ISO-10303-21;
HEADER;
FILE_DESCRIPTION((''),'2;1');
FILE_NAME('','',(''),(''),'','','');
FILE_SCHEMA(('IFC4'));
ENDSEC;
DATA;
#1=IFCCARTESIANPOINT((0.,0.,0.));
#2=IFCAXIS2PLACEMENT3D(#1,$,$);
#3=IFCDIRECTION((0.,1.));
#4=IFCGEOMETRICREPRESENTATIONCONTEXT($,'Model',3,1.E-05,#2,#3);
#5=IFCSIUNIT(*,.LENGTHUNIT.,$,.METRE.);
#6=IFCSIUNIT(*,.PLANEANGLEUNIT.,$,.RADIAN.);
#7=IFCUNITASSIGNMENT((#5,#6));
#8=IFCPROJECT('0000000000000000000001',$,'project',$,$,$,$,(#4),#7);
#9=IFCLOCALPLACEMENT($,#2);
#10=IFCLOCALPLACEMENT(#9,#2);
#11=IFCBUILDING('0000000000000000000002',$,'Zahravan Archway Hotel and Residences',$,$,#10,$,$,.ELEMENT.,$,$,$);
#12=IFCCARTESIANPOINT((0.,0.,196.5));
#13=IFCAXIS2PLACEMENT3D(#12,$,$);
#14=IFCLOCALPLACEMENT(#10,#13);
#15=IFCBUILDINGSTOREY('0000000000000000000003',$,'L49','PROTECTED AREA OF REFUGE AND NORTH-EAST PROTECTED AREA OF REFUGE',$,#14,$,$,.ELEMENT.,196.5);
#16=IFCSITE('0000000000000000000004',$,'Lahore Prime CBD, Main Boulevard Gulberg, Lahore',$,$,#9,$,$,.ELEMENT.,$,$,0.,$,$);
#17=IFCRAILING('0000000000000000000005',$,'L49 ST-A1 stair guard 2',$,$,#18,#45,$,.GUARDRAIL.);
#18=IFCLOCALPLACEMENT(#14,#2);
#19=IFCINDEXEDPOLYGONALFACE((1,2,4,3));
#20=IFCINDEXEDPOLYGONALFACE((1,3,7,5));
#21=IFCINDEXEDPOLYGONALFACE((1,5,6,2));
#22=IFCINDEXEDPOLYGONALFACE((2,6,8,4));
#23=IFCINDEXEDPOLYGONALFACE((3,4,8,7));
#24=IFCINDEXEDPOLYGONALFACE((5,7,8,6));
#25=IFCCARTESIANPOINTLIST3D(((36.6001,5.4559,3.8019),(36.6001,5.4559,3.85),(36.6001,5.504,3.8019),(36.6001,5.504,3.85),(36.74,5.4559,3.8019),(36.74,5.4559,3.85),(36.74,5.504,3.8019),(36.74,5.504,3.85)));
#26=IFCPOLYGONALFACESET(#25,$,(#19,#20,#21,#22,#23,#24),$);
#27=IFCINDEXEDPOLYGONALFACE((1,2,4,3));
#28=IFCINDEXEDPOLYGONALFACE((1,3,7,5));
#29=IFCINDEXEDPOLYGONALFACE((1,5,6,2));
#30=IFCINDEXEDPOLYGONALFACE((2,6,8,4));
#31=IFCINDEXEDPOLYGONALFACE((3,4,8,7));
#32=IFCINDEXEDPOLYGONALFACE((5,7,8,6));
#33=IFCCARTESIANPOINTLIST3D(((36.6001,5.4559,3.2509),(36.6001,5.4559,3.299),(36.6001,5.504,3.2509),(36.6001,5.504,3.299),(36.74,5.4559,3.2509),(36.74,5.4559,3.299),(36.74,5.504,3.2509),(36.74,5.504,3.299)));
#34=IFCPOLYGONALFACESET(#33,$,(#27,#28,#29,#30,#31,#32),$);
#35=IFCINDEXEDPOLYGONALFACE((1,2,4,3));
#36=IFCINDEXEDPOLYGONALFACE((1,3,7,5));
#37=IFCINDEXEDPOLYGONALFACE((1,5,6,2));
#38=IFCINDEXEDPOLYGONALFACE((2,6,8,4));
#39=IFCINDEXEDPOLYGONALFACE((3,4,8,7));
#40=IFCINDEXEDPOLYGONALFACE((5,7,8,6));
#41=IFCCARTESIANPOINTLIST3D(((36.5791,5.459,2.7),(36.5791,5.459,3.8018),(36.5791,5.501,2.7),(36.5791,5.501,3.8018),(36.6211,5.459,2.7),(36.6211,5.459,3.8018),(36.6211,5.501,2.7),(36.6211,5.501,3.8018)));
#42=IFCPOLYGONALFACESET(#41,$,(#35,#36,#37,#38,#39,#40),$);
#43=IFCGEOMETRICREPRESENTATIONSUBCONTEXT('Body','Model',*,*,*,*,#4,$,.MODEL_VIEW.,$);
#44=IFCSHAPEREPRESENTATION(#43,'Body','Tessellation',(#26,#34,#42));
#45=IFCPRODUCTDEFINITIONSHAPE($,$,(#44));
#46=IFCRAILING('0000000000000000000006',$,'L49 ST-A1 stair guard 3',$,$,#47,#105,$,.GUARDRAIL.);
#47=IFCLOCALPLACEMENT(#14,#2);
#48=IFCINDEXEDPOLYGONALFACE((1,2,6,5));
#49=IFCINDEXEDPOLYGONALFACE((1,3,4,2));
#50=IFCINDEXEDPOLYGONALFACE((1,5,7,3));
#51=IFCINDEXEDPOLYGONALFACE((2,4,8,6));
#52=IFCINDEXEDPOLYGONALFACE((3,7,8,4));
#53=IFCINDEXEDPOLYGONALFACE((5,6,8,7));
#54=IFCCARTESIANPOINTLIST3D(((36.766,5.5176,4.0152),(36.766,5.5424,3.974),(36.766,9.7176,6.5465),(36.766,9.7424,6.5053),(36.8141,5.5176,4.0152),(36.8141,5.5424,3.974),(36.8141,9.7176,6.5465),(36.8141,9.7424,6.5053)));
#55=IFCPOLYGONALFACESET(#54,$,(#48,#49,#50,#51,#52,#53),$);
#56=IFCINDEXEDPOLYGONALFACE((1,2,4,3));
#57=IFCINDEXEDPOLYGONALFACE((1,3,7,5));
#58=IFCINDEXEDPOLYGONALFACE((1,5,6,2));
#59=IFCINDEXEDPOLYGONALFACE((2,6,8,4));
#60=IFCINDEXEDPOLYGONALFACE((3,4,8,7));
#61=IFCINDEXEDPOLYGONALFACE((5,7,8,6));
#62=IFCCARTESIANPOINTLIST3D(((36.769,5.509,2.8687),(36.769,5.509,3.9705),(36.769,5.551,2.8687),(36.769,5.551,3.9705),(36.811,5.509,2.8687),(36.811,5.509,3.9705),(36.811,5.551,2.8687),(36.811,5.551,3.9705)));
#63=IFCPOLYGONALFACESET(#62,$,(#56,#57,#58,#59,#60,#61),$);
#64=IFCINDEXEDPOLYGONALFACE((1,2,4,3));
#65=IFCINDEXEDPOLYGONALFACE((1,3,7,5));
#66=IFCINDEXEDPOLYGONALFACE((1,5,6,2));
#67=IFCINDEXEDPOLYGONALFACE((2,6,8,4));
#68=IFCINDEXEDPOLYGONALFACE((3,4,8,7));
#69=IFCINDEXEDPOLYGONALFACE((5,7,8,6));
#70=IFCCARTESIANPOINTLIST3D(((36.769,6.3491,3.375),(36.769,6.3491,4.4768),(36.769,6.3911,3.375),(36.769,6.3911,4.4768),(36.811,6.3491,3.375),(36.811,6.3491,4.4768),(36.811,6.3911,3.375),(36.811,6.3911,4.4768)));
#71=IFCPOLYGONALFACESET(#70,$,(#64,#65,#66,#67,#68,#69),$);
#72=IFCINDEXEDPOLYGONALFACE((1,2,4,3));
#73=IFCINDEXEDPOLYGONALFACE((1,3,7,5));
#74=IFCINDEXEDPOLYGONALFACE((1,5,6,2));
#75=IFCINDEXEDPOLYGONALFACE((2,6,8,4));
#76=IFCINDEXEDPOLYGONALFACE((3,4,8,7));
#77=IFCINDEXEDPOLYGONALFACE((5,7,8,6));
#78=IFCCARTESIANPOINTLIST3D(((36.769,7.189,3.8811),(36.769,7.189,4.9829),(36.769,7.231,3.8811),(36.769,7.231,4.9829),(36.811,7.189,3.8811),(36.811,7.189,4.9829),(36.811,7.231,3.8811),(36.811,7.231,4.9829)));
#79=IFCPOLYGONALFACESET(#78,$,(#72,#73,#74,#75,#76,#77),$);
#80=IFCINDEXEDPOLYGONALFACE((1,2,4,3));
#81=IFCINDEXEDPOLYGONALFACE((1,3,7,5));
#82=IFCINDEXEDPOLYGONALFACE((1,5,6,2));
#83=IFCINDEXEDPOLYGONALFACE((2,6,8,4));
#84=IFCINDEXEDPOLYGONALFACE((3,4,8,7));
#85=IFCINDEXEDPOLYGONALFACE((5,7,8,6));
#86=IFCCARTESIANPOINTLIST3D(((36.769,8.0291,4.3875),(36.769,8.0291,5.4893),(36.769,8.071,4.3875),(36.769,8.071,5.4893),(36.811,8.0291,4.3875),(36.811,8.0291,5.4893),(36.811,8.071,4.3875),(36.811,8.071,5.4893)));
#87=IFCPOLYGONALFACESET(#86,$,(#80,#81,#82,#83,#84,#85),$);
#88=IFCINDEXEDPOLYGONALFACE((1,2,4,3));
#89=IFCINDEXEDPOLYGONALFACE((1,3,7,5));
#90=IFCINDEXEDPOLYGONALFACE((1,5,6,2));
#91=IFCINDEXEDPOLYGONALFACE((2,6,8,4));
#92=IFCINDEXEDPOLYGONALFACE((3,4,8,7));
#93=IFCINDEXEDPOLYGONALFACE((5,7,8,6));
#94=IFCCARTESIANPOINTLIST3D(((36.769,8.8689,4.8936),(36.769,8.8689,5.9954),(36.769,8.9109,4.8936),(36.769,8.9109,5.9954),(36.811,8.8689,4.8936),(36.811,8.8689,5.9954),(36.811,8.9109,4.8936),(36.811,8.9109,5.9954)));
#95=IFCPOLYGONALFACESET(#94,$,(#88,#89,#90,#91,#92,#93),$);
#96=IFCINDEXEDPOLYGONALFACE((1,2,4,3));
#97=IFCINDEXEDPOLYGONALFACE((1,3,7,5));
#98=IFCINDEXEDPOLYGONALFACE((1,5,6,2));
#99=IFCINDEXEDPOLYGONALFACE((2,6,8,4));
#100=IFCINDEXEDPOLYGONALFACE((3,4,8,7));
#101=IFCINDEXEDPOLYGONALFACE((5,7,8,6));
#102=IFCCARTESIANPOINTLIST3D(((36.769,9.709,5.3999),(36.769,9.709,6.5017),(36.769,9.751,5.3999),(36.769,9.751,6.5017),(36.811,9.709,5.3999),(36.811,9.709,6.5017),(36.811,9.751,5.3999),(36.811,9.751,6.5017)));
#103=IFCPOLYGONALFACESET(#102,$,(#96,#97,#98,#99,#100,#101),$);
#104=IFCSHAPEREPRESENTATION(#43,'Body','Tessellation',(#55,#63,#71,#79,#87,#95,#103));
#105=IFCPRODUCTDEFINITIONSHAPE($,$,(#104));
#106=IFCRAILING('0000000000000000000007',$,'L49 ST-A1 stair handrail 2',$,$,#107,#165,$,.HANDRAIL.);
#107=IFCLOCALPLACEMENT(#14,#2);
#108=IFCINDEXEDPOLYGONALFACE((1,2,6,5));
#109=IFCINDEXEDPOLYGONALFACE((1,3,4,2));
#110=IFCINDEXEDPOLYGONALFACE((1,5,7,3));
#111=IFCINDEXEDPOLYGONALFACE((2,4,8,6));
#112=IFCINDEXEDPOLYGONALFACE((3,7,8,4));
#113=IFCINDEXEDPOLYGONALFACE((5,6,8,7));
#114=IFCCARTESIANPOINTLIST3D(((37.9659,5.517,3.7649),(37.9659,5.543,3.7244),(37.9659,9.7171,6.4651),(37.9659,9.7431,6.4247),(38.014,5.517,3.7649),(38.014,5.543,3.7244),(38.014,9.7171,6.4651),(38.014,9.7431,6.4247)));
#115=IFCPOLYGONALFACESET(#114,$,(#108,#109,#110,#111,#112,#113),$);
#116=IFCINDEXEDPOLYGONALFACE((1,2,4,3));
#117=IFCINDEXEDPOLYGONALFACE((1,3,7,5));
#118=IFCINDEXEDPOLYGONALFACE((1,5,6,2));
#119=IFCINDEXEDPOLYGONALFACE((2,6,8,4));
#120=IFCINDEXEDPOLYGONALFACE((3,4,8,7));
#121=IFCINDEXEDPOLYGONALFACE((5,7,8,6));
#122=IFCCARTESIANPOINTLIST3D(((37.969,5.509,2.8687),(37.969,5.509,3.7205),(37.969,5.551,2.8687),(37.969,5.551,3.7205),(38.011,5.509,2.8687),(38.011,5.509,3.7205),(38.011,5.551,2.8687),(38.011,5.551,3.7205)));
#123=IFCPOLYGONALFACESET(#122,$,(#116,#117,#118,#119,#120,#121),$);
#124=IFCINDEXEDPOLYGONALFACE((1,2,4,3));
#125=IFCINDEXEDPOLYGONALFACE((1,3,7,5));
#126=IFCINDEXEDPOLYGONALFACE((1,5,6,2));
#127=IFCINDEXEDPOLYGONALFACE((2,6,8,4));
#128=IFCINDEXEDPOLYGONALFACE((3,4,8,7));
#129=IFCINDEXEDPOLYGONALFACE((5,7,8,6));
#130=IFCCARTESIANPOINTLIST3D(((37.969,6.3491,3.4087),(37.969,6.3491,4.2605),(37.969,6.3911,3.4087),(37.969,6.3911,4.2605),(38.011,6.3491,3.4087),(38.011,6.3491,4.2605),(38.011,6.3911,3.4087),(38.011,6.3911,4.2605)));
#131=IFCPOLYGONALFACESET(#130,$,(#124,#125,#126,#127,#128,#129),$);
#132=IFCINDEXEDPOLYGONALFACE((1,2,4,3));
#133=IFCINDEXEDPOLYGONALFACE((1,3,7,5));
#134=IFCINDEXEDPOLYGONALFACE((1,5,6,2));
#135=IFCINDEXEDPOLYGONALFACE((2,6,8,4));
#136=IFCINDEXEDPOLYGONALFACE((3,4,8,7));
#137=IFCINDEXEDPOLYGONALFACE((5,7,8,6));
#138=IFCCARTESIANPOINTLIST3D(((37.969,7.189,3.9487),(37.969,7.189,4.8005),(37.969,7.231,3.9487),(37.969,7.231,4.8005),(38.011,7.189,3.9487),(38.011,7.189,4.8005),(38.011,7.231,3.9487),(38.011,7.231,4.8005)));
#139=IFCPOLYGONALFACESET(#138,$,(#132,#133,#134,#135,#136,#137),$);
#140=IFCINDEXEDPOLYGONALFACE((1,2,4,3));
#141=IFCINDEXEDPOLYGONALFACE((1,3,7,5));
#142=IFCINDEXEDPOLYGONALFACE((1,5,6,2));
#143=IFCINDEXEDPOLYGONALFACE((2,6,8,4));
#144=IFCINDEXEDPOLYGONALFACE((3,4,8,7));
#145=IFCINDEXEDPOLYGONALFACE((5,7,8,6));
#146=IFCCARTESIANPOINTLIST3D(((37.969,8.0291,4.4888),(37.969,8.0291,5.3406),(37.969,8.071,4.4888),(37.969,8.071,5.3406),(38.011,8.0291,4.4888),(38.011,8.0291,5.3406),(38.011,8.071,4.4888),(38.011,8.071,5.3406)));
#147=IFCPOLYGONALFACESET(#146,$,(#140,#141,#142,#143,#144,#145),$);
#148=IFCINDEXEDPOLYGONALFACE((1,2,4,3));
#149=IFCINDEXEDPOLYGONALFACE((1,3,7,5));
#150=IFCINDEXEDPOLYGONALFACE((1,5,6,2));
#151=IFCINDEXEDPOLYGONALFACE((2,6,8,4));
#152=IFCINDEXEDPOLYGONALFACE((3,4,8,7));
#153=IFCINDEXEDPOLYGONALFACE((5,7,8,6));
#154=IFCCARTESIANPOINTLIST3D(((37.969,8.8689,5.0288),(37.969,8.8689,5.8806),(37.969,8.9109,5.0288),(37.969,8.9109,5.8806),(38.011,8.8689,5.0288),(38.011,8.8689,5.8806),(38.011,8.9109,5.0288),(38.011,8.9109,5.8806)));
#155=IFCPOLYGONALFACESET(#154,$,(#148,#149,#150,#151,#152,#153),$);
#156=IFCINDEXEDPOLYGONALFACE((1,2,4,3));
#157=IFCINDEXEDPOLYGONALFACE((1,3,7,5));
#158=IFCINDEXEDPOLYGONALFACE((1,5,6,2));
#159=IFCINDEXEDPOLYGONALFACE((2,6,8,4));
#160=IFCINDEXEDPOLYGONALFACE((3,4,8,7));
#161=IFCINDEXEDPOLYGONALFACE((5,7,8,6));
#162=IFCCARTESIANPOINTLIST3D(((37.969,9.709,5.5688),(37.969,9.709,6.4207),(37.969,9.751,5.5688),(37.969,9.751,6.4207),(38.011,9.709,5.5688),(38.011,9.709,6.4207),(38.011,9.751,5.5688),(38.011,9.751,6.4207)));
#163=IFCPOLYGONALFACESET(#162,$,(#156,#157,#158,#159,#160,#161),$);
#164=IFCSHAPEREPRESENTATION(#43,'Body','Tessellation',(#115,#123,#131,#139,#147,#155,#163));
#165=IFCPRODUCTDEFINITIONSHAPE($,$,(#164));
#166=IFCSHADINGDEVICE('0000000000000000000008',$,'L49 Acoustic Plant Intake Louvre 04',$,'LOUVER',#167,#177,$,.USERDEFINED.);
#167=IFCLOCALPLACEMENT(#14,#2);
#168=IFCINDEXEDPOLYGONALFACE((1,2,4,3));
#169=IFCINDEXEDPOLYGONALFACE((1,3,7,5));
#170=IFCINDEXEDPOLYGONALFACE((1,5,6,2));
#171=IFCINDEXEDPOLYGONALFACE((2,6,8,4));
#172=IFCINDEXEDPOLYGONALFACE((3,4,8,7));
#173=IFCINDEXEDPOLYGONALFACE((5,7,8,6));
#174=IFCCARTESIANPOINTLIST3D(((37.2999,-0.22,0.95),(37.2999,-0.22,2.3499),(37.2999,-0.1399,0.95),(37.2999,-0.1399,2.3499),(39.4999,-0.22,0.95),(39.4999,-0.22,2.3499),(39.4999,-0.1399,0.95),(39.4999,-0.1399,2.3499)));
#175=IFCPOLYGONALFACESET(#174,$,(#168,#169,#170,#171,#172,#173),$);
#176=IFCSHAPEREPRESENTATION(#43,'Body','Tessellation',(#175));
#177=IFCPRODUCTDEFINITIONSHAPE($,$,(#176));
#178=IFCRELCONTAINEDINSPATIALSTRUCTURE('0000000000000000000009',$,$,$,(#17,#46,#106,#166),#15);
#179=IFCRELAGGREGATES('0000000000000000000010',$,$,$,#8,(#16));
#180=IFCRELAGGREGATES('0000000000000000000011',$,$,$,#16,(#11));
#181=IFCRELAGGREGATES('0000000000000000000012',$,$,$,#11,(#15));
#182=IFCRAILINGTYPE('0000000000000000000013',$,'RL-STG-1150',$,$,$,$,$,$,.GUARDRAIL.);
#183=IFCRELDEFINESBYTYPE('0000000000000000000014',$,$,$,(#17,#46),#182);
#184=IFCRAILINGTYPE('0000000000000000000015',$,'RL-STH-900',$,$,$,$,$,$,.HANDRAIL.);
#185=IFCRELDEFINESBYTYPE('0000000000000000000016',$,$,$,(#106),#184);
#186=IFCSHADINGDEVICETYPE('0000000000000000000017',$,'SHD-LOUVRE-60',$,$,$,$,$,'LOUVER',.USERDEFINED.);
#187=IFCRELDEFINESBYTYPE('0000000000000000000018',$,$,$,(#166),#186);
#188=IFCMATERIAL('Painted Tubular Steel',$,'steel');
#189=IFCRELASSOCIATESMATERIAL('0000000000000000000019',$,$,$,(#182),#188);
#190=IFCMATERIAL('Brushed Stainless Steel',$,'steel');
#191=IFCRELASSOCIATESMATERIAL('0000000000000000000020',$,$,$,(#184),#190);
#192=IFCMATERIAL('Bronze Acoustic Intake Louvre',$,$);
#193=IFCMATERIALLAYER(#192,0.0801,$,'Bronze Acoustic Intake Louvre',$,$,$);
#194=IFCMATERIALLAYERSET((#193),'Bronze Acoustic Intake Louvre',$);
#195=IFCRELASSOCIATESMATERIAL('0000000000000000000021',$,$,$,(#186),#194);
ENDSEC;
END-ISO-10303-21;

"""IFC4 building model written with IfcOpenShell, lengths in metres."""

from ifc_helpers import new_model, si_unit, direction, frame, origin, origin_2d, place, context, subcontext, project, spatial, rectangle, extrude, source, transform, mapped, material, layer, layer_set, type_object, type_shapes, element, save


model = new_model("IFC4")

# Units and contexts
model_context = context("Model", 3, precision=1e-05, world=origin(), true_north=direction((0.0, 1.0)))
body_context = subcontext(model_context, "Body", "Model", "MODEL_VIEW")
ifc_project = project(units=[si_unit("LENGTHUNIT", "METRE"), si_unit("PLANEANGLEUNIT", "RADIAN")], contexts=[model_context])

# Site, building, storey
site_placement = place(None, origin())
site = spatial("IfcSite", under=ifc_project, at=site_placement, Name="Lahore Prime CBD, Main Boulevard Gulberg, Lahore", CompositionType="ELEMENT", RefElevation=0.0)
building_placement = place(site_placement, origin())
building = spatial("IfcBuilding", under=site, at=building_placement, Name="Zahravan Archway Hotel and Residences", CompositionType="ELEMENT")
storey_placement = place(building_placement, frame((0.0, 0.0, 196.5)))
storey = spatial("IfcBuildingStorey", under=building, at=storey_placement, Name="L49", Description="PROTECTED AREA OF REFUGE AND NORTH-EAST PROTECTED AREA OF REFUGE", CompositionType="ELEMENT", Elevation=196.5)

# Railings
ifc_material_1 = material(Name="Painted Tubular Steel", Category="steel")
railing_type_1 = type_object("IfcRailingType", Name="RL-STG-1150", PredefinedType="GUARDRAIL", material=ifc_material_1)
railing_1_placement = place(storey_placement, frame((36.6001, 5.48, 2.7)))
element("IfcRailing", 1, at=railing_1_placement, inside=storey, type_object=railing_type_1, Name="L49 ST-A1 stair guard 2", PredefinedType="GUARDRAIL", context=body_context, shape_type="SweptSolid", body=[
    extrude(rectangle(XDim=0.0481, YDim=0.0481, at=origin_2d()), frame((0.0, 0.0, 1.126), z_axis=(1.0, 0.0, 0.0), x_axis=(0.0, 1.0, 0.0)), (0.0, 0.0, 1.0), 0.1399),
    extrude(rectangle(XDim=0.0481, YDim=0.0481, at=origin_2d()), frame((0.0, 0.0, 0.575), z_axis=(1.0, 0.0, 0.0), x_axis=(0.0, 1.0, 0.0)), (0.0, 0.0, 1.0), 0.1399),
    extrude(rectangle(XDim=0.042, YDim=0.042, at=origin_2d()), origin(), (0.0, 0.0, 1.0), 1.1018),
])
railing_2_placement = place(storey_placement, frame((36.79, 5.53, 2.8687)))
element("IfcRailing", 2, at=railing_2_placement, inside=storey, type_object=railing_type_1, Name="L49 ST-A1 stair guard 3", PredefinedType="GUARDRAIL", context=body_context, shape_type="SweptSolid", body=[
    extrude(rectangle(XDim=0.0481, YDim=0.0481, at=origin_2d()), frame((0.0, 0.0, 1.126), z_axis=(0.0, 0.856476, 0.516186), x_axis=(-1.0, 0.0, 0.0)), (0.0, 0.0, 1.0), 4.9038),
    extrude(rectangle(XDim=0.042, YDim=0.042, at=origin_2d()), origin(), (0.0, 0.0, 1.0), 1.1018),
    extrude(rectangle(XDim=0.042, YDim=0.042, at=origin_2d()), frame((0.0, 0.8401, 0.5063)), (0.0, 0.0, 1.0), 1.1018),
    extrude(rectangle(XDim=0.042, YDim=0.042, at=origin_2d()), frame((0.0, 1.6799, 1.0125)), (0.0, 0.0, 1.0), 1.1018),
    extrude(rectangle(XDim=0.042, YDim=0.042, at=origin_2d()), frame((0.0, 2.52, 1.5188)), (0.0, 0.0, 1.0), 1.1018),
    extrude(rectangle(XDim=0.042, YDim=0.042, at=origin_2d()), frame((0.0, 3.3599, 2.0249)), (0.0, 0.0, 1.0), 1.1018),
    extrude(rectangle(XDim=0.042, YDim=0.042, at=origin_2d()), frame((0.0, 4.2, 2.5312)), (0.0, 0.0, 1.0), 1.1018),
])
ifc_material_2 = material(Name="Brushed Stainless Steel", Category="steel")
railing_type_2 = type_object("IfcRailingType", Name="RL-STH-900", PredefinedType="HANDRAIL", material=ifc_material_2)
railing_3_placement = place(storey_placement, frame((37.99, 5.53, 2.8687)))
element("IfcRailing", 3, at=railing_3_placement, inside=storey, type_object=railing_type_2, Name="L49 ST-A1 stair handrail 2", PredefinedType="HANDRAIL", context=body_context, shape_type="SweptSolid", body=[
    extrude(rectangle(XDim=0.0481, YDim=0.0481, at=origin_2d()), frame((0.0, 0.0, 0.876), z_axis=(0.0, 0.841158, 0.54079), x_axis=(-1.0, 0.0, 0.0)), (0.0, 0.0, 1.0), 4.9932),
    extrude(rectangle(XDim=0.042, YDim=0.042, at=origin_2d()), origin(), (0.0, 0.0, 1.0), 0.8518),
    extrude(rectangle(XDim=0.042, YDim=0.042, at=origin_2d()), frame((0.0, 0.8401, 0.54)), (0.0, 0.0, 1.0), 0.8518),
    extrude(rectangle(XDim=0.042, YDim=0.042, at=origin_2d()), frame((0.0, 1.6799, 1.0801)), (0.0, 0.0, 1.0), 0.8518),
    extrude(rectangle(XDim=0.042, YDim=0.042, at=origin_2d()), frame((0.0, 2.52, 1.6201)), (0.0, 0.0, 1.0), 0.8518),
    extrude(rectangle(XDim=0.042, YDim=0.042, at=origin_2d()), frame((0.0, 3.3599, 2.1602)), (0.0, 0.0, 1.0), 0.8518),
    extrude(rectangle(XDim=0.042, YDim=0.042, at=origin_2d()), frame((0.0, 4.2, 2.7002)), (0.0, 0.0, 1.0), 0.8518),
])

# Shading device
ifc_material_3 = material(Name="Bronze Acoustic Intake Louvre")
ifc_layer_1 = layer(ifc_material_3, 0.0801, Name="Bronze Acoustic Intake Louvre")
ifc_layer_set_1 = layer_set([ifc_layer_1], Name="Bronze Acoustic Intake Louvre")
shading_device_type = type_object("IfcShadingDeviceType", Name="SHD-LOUVRE-60", ElementType="LOUVER", PredefinedType="USERDEFINED", material=ifc_layer_set_1)
shared_shape_1 = source(origin(), body_context, "Body", "SweptSolid", [
    extrude(rectangle(XDim=2.2, YDim=0.0801, at=origin_2d()), origin(), (0.0, 0.0, 1.0), 1.3999),
])
type_shapes(shading_device_type, [shared_shape_1])
shading_device_placement = place(storey_placement, frame((38.3999, -0.1799, 0.95), z_axis=(0.0, 0.0, 1.0), x_axis=(1.0, 0.0, 0.0)))
element("IfcShadingDevice", 4, at=shading_device_placement, inside=storey, type_object=shading_device_type, Name="L49 Acoustic Plant Intake Louvre 04", ObjectType="LOUVER", PredefinedType="USERDEFINED", context=body_context, shape_type="MappedRepresentation", body=[
    mapped(shared_shape_1, transform((0.0, 0.0, 0.0), scale=1.0)),
])

save(model, "model.ifc")
